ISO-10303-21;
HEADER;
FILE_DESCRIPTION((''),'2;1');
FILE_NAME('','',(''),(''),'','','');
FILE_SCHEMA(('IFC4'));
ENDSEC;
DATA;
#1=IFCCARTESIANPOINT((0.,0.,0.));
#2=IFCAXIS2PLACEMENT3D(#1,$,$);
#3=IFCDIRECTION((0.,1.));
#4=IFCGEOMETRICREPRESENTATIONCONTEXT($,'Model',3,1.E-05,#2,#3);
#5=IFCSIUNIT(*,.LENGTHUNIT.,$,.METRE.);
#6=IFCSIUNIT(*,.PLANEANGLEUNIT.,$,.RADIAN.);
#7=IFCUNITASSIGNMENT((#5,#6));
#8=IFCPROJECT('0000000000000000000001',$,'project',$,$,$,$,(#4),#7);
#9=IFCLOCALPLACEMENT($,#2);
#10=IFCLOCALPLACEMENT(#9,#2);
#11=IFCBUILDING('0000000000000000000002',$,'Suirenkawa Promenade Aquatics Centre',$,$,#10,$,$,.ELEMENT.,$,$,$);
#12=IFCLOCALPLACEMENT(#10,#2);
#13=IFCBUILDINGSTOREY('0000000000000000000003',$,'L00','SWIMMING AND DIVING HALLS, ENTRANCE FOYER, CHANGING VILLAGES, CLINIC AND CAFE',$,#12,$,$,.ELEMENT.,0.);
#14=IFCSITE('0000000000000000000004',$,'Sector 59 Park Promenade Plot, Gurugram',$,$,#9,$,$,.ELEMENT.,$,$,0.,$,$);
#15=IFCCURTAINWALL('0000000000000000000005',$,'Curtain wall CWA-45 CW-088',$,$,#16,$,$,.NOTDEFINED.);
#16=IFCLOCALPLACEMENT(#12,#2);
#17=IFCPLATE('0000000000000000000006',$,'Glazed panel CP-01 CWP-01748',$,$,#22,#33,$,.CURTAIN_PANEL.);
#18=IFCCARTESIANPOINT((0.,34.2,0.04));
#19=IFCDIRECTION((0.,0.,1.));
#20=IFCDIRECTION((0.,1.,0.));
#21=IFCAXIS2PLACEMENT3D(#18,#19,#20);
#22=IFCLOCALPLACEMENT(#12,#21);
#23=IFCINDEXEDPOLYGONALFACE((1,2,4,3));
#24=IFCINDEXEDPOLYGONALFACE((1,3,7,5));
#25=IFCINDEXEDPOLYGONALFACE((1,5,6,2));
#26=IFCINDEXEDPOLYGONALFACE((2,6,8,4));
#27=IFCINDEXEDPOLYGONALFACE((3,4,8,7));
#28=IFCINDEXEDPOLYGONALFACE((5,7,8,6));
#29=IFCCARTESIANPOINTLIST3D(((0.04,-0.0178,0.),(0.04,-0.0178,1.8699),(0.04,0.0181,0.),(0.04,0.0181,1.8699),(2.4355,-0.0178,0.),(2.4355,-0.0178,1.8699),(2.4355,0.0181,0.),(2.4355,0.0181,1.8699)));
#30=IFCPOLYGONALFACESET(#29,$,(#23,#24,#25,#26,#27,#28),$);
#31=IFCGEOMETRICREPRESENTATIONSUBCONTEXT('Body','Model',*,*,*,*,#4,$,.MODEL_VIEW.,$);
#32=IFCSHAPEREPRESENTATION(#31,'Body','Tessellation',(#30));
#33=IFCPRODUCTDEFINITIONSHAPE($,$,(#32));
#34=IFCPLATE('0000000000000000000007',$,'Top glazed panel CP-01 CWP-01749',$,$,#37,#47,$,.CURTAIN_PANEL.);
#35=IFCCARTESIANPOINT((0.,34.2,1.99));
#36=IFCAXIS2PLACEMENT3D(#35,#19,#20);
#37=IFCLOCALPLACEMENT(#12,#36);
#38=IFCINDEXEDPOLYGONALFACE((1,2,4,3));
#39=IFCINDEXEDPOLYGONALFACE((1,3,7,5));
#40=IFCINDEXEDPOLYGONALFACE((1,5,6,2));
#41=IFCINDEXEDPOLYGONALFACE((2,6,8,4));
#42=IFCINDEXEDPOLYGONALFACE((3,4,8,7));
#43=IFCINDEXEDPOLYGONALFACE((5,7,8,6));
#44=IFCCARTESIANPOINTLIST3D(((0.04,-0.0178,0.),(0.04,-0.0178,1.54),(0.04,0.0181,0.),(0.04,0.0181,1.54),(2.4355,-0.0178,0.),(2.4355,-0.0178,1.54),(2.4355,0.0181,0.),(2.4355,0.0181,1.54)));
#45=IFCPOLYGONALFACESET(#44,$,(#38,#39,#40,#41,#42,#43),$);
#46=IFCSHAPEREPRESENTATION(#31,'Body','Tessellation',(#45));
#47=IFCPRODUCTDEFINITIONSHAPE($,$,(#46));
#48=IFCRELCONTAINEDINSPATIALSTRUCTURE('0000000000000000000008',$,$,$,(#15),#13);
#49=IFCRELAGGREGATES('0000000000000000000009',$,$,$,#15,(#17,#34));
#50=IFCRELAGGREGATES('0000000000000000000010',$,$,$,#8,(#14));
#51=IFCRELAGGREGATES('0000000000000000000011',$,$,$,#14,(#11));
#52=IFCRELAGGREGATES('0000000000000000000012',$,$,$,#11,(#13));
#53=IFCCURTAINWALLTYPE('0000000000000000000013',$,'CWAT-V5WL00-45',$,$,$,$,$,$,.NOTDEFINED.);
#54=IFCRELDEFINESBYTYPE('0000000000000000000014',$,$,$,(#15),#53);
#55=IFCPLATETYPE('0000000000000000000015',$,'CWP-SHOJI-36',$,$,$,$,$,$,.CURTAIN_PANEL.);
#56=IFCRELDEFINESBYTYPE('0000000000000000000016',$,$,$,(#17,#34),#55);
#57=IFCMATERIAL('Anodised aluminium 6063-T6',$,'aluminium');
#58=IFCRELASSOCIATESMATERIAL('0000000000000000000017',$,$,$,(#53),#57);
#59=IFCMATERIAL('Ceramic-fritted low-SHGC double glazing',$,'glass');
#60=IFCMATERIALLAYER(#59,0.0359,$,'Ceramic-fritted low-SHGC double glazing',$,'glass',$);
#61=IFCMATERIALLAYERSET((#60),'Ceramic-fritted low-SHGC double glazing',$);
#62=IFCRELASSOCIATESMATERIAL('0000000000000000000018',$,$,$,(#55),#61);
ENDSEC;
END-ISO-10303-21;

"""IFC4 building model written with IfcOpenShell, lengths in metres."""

from ifc_helpers import new_model, si_unit, direction, frame, origin, place, context, subcontext, project, spatial, polyline, outline, extrude, material, layer, layer_set, type_object, element, aggregate, save


model = new_model("IFC4")

# Units and contexts
model_context = context("Model", 3, precision=1e-05, world=origin(), true_north=direction((0.0, 1.0)))
body_context = subcontext(model_context, "Body", "Model", "MODEL_VIEW")
ifc_project = project(units=[si_unit("LENGTHUNIT", "METRE"), si_unit("PLANEANGLEUNIT", "RADIAN")], contexts=[model_context])

# Site, building, storey
site_placement = place(None, origin())
site = spatial("IfcSite", under=ifc_project, at=site_placement, Name="Sector 59 Park Promenade Plot, Gurugram", CompositionType="ELEMENT", RefElevation=0.0)
building_placement = place(site_placement, origin())
building = spatial("IfcBuilding", under=site, at=building_placement, Name="Suirenkawa Promenade Aquatics Centre", CompositionType="ELEMENT")
storey_placement = place(building_placement, origin())
storey = spatial("IfcBuildingStorey", under=building, at=storey_placement, Name="L00", Description="SWIMMING AND DIVING HALLS, ENTRANCE FOYER, CHANGING VILLAGES, CLINIC AND CAFE", CompositionType="ELEMENT", Elevation=0.0)

# Curtain wall, plates
ifc_material_1 = material(Name="Anodised aluminium 6063-T6", Category="aluminium")
curtain_wall_type = type_object("IfcCurtainWallType", Name="CWAT-V5WL00-45", PredefinedType="NOTDEFINED", material=ifc_material_1)
curtain_wall_placement = place(storey_placement, origin())
curtain_wall = element("IfcCurtainWall", 1, at=curtain_wall_placement, inside=storey, type_object=curtain_wall_type, Name="Curtain wall CWA-45 CW-088", PredefinedType="NOTDEFINED")
ifc_material_2 = material(Name="Ceramic-fritted low-SHGC double glazing", Category="glass")
ifc_layer_1 = layer(ifc_material_2, 0.0359, Name="Ceramic-fritted low-SHGC double glazing", Category="glass")
ifc_layer_set_1 = layer_set([ifc_layer_1], Name="Ceramic-fritted low-SHGC double glazing")
plate_type = type_object("IfcPlateType", Name="CWP-SHOJI-36", PredefinedType="CURTAIN_PANEL", material=ifc_layer_set_1)
plate_1_placement = place(storey_placement, frame((0.0, 34.2, 0.04), z_axis=(0.0, 0.0, 1.0), x_axis=(0.0, 1.0, 0.0)))
plate_1 = element("IfcPlate", 2, at=plate_1_placement, type_object=plate_type, Name="Glazed panel CP-01 CWP-01748", PredefinedType="CURTAIN_PANEL", context=body_context, shape_type="SweptSolid", body=[
    extrude(outline(polyline([(0.04, 0.0), (2.4355, 0.0), (2.4355, 1.8699), (0.04, 1.8699), (0.04, 0.0)])), frame((0.0, 0.0181, 0.0), z_axis=(0.0, -1.0, 0.0), x_axis=(1.0, 0.0, 0.0)), (0.0, 0.0, 1.0), 0.0359),
])
plate_2_placement = place(storey_placement, frame((0.0, 34.2, 1.99), z_axis=(0.0, 0.0, 1.0), x_axis=(0.0, 1.0, 0.0)))
plate_2 = element("IfcPlate", 3, at=plate_2_placement, type_object=plate_type, Name="Top glazed panel CP-01 CWP-01749", PredefinedType="CURTAIN_PANEL", context=body_context, shape_type="SweptSolid", body=[
    extrude(outline(polyline([(0.04, 0.0), (2.4355, 0.0), (2.4355, 1.54), (0.04, 1.54), (0.04, 0.0)])), frame((0.0, 0.0181, 0.0), z_axis=(0.0, -1.0, 0.0), x_axis=(1.0, 0.0, 0.0)), (0.0, 0.0, 1.0), 0.0359),
])
aggregate(curtain_wall, [plate_1, plate_2])

save(model, "model.ifc")
